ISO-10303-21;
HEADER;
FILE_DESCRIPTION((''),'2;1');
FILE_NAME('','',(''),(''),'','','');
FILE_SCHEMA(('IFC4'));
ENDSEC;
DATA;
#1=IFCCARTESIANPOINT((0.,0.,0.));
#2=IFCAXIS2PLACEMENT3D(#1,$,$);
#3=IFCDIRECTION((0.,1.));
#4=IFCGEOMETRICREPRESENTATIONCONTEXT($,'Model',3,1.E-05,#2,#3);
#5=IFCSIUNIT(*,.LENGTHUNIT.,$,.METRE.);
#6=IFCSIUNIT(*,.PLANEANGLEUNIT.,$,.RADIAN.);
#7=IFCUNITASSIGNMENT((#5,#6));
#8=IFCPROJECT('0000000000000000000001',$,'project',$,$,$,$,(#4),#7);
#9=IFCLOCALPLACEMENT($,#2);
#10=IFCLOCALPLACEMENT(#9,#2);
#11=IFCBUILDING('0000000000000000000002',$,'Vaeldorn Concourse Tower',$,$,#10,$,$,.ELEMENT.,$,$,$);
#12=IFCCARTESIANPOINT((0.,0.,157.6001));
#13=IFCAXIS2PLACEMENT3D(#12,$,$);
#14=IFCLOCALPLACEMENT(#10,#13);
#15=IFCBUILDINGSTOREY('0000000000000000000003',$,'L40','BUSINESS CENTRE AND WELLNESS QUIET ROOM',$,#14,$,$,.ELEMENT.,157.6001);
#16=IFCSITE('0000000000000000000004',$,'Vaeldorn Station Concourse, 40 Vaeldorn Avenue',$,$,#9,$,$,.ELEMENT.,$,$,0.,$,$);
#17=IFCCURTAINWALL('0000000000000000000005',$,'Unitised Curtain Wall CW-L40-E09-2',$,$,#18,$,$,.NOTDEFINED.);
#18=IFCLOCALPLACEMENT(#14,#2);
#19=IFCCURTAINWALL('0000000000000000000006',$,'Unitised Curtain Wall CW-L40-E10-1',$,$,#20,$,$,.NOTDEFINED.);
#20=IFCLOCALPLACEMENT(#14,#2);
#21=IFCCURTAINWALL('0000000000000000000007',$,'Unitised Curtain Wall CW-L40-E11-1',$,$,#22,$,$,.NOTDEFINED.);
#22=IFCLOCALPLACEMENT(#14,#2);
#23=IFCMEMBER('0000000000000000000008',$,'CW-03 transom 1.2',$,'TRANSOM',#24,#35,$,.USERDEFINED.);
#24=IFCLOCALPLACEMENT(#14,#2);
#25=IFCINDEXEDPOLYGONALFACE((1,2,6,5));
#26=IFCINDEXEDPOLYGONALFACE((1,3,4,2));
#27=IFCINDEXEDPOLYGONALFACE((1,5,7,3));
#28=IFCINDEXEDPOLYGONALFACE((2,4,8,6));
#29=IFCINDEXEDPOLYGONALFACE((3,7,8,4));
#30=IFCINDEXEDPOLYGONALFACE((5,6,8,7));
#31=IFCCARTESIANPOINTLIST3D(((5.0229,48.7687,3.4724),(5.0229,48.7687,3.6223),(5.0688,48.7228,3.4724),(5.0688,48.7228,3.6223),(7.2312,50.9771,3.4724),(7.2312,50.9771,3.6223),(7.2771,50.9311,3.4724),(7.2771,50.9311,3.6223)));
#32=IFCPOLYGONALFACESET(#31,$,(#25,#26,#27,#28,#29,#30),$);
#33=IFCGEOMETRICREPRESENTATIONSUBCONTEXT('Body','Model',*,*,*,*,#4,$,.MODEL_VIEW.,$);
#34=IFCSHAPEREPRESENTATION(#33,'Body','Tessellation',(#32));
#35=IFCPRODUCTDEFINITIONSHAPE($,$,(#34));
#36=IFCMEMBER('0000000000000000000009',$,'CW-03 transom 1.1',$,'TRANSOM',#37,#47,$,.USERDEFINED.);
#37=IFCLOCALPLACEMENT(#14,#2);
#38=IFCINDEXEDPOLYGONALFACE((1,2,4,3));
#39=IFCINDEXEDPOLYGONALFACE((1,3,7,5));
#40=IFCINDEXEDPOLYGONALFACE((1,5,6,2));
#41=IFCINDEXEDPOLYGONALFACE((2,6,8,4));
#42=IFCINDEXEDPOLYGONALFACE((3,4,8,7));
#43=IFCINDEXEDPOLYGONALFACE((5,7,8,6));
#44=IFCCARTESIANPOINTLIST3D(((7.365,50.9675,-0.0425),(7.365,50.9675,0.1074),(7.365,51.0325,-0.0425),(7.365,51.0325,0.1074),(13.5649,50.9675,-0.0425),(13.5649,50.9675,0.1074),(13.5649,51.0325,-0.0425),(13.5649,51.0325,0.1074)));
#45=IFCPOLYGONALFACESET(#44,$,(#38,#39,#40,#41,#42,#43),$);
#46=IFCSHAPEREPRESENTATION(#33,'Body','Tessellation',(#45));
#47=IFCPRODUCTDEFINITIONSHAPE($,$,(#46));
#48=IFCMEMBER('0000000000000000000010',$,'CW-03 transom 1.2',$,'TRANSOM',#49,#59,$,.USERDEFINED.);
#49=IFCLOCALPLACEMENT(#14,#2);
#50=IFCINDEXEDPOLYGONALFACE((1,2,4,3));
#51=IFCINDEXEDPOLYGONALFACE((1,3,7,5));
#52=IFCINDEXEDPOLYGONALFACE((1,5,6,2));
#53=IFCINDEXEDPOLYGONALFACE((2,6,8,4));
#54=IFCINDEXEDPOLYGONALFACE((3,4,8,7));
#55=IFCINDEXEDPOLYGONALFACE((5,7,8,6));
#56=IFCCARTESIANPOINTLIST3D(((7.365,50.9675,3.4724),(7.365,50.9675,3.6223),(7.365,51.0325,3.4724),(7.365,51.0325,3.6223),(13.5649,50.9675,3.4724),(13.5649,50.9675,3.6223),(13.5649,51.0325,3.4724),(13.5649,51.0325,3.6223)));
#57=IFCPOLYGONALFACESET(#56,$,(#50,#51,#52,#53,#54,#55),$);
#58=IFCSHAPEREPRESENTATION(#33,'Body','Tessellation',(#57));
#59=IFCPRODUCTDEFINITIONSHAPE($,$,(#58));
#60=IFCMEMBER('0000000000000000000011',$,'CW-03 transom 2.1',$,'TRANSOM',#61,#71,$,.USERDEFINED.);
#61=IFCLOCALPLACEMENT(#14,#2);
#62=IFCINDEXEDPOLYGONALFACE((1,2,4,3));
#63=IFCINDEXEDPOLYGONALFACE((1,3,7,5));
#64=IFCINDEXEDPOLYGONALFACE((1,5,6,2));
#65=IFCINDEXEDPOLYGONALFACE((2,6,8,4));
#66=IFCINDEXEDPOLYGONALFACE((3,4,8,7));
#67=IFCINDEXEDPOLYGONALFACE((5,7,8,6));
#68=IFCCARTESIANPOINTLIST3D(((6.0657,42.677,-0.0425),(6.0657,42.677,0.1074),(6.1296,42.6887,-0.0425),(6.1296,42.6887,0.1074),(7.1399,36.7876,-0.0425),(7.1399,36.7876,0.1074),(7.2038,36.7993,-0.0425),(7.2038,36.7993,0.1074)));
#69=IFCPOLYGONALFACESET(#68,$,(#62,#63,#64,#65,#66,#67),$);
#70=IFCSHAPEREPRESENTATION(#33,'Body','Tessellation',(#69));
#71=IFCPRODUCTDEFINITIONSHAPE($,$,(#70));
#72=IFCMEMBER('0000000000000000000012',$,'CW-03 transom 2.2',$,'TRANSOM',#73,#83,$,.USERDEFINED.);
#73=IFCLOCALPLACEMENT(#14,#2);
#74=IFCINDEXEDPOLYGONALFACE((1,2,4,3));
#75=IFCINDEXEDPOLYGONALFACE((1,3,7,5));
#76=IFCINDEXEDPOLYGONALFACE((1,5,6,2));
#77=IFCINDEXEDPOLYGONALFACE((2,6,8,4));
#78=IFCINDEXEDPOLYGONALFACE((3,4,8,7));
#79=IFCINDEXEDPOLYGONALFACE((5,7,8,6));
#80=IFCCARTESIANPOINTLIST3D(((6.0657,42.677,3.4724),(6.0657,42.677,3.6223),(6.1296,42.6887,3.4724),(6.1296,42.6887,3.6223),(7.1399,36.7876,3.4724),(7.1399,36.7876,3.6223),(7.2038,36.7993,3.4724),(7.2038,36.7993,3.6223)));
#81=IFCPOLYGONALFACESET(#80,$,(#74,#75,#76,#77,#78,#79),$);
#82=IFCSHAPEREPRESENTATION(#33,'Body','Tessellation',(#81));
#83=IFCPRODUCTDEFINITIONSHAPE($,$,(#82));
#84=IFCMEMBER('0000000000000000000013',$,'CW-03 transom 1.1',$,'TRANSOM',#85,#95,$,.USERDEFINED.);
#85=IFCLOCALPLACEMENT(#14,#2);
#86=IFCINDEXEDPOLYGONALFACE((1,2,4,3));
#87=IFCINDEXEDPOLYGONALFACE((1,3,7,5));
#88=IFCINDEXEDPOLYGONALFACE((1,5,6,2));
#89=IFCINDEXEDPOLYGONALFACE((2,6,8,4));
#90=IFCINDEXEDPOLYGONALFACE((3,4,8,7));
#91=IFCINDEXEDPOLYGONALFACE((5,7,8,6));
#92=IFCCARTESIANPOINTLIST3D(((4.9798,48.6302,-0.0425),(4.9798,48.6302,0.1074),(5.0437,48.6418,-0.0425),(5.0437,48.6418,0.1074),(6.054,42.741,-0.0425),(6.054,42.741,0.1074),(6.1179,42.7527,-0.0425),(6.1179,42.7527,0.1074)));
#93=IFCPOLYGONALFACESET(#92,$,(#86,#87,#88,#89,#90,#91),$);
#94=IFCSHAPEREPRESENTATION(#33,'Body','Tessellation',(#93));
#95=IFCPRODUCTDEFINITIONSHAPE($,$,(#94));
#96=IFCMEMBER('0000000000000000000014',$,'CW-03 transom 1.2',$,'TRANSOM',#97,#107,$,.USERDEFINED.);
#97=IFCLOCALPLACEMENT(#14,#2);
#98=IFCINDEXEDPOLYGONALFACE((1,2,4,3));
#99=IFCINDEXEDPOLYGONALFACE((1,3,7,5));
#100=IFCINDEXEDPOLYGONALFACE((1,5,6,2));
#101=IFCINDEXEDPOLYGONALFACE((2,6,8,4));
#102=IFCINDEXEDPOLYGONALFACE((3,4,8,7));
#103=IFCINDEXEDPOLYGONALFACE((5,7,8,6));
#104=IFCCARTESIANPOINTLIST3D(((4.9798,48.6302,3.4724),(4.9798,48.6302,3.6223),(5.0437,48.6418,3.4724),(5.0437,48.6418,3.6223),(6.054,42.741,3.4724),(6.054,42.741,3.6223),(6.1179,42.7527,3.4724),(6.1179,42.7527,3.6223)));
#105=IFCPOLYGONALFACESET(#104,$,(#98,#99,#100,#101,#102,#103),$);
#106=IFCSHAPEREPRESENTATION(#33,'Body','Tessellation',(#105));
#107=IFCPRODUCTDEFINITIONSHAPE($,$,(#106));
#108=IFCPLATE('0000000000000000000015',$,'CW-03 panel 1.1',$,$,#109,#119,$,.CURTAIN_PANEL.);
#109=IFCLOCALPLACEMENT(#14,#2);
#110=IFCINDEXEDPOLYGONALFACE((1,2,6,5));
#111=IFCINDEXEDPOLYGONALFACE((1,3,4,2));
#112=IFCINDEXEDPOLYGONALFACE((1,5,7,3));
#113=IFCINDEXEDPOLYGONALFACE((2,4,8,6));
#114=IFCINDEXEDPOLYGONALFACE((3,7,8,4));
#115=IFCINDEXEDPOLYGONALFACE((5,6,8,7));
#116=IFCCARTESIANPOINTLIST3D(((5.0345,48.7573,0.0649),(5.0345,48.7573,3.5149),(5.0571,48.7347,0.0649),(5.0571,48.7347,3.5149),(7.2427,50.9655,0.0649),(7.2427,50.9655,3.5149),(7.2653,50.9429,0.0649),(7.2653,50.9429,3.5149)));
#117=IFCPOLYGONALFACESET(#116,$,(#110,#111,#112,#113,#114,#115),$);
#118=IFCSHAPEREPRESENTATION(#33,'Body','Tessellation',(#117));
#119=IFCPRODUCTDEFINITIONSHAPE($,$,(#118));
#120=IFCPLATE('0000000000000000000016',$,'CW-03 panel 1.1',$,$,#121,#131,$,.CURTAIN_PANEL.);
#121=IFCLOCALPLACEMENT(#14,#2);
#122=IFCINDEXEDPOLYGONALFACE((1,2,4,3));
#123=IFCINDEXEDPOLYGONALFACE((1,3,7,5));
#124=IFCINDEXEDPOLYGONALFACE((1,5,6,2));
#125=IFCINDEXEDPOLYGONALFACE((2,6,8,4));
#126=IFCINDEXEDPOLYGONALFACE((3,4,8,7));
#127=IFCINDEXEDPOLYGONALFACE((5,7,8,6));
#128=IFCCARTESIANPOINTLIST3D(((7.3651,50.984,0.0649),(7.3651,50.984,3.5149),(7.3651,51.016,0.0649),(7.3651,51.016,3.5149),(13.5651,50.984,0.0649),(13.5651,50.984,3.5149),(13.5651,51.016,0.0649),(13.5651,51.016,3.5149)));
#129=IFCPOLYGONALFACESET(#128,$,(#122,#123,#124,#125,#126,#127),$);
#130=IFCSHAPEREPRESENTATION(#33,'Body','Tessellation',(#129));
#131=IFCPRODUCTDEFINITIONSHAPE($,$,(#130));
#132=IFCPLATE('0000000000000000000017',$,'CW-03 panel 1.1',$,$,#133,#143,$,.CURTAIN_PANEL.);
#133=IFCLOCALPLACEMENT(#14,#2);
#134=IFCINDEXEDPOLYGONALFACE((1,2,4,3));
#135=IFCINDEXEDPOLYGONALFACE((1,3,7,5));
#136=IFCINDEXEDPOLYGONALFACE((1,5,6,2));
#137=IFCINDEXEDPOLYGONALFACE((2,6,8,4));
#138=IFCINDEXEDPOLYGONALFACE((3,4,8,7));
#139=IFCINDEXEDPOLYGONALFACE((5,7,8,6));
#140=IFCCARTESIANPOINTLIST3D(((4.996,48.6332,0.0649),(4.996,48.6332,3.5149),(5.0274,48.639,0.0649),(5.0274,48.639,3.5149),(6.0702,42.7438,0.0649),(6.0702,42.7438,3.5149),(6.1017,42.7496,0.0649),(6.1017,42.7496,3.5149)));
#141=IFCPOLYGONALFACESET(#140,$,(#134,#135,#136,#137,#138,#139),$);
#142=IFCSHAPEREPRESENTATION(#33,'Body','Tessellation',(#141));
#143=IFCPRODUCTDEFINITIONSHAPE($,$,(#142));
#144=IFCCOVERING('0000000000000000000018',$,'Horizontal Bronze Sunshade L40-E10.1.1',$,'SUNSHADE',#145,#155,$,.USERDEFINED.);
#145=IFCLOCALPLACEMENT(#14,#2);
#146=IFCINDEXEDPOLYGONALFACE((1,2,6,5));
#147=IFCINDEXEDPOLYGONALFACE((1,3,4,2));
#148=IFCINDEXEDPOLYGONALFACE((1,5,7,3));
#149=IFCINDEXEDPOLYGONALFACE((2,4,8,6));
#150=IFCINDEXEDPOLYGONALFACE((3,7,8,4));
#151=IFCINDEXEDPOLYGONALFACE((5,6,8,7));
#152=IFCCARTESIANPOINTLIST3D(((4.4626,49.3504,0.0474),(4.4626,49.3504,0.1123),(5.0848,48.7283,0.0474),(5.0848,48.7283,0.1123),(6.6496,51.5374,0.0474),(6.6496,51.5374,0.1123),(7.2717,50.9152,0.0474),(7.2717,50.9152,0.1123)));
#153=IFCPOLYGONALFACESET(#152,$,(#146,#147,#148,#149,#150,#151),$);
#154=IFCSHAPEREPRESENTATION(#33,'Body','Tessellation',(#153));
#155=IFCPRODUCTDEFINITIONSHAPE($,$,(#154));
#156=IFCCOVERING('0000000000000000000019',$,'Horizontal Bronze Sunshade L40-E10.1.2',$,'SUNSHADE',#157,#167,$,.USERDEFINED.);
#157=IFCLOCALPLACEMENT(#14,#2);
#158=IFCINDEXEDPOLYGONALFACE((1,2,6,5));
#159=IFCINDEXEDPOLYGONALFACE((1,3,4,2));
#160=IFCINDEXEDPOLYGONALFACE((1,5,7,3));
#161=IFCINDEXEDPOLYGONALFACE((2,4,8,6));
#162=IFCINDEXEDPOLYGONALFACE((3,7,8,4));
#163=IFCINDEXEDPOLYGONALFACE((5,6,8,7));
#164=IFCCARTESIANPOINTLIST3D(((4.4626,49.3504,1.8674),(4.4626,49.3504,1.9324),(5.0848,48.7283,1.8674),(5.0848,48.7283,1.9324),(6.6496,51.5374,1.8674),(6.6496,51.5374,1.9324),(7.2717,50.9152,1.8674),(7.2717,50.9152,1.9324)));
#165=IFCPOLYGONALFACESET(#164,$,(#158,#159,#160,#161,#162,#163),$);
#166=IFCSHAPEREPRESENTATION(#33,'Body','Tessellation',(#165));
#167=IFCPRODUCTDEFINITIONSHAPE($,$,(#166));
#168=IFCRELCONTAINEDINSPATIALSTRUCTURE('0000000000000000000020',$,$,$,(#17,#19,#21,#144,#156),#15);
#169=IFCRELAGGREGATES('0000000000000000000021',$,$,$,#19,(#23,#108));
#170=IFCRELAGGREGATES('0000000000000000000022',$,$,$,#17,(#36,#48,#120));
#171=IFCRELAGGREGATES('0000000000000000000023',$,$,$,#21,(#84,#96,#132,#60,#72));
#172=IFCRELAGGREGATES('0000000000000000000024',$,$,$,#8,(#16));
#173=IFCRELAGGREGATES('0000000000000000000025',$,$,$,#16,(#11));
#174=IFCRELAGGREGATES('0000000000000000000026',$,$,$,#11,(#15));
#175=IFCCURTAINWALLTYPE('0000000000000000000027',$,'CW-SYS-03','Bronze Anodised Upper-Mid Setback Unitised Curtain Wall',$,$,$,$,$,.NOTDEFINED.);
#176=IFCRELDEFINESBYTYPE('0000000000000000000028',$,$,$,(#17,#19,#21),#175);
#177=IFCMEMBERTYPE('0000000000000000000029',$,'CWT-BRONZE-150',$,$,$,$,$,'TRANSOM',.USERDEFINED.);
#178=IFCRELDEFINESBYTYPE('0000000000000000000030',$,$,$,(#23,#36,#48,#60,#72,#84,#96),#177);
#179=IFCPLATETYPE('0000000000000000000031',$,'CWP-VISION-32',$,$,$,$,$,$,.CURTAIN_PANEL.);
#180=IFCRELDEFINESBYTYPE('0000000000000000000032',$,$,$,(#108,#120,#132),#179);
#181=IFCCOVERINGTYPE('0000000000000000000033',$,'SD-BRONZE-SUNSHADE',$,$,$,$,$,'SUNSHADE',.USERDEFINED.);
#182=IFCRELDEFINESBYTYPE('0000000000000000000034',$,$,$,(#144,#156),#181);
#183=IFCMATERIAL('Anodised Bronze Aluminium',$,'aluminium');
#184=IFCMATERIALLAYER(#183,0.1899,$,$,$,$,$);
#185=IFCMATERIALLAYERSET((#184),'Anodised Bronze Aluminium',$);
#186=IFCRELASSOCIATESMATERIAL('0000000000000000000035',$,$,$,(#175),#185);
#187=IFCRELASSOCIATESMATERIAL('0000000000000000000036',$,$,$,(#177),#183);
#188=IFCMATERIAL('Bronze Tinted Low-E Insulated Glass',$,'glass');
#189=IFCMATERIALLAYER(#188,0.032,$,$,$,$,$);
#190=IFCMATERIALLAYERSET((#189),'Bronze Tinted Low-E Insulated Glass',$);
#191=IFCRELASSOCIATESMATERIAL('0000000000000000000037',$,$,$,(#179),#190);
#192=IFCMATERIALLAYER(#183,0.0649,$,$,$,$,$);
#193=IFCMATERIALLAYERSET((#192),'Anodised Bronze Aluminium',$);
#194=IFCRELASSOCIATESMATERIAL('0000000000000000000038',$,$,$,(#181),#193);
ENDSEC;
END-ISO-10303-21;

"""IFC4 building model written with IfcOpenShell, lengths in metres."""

from ifc_helpers import new_model, si_unit, direction, frame, origin, origin_2d, place, context, subcontext, project, spatial, rectangle, extrude, source, transform, mapped, material, layer, layer_set, material_profile, profile_set, type_object, element, aggregate, save


model = new_model("IFC4")

# Units and contexts
model_context = context("Model", 3, precision=1e-05, world=origin(), true_north=direction((0.0, 1.0)))
body_context = subcontext(model_context, "Body", "Model", "MODEL_VIEW")
ifc_project = project(units=[si_unit("LENGTHUNIT", "METRE"), si_unit("PLANEANGLEUNIT", "RADIAN")], contexts=[model_context])

# Site, building, storey
site_placement = place(None, origin())
site = spatial("IfcSite", under=ifc_project, at=site_placement, Name="Vaeldorn Station Concourse, 40 Vaeldorn Avenue", CompositionType="ELEMENT", RefElevation=0.0)
building_placement = place(site_placement, origin())
building = spatial("IfcBuilding", under=site, at=building_placement, Name="Vaeldorn Concourse Tower", CompositionType="ELEMENT")
storey_placement = place(building_placement, frame((0.0, 0.0, 157.6001)))
storey = spatial("IfcBuildingStorey", under=building, at=storey_placement, Name="L40", Description="BUSINESS CENTRE AND WELLNESS QUIET ROOM", CompositionType="ELEMENT", Elevation=157.6001)

# Curtain walls
ifc_material_1 = material(Name="Anodised Bronze Aluminium", Category="aluminium")
ifc_layer_1 = layer(ifc_material_1, 0.1899)
ifc_layer_set_1 = layer_set([ifc_layer_1], Name="Anodised Bronze Aluminium")
curtain_wall_type = type_object("IfcCurtainWallType", Name="CW-SYS-03", Description="Bronze Anodised Upper-Mid Setback Unitised Curtain Wall", PredefinedType="NOTDEFINED", material=ifc_layer_set_1)
curtain_wall_1_placement = place(storey_placement, origin())
curtain_wall_1 = element("IfcCurtainWall", 1, at=curtain_wall_1_placement, inside=storey, type_object=curtain_wall_type, Name="Unitised Curtain Wall CW-L40-E09-2", PredefinedType="NOTDEFINED")
curtain_wall_2_placement = place(storey_placement, origin())
curtain_wall_2 = element("IfcCurtainWall", 2, at=curtain_wall_2_placement, inside=storey, type_object=curtain_wall_type, Name="Unitised Curtain Wall CW-L40-E10-1", PredefinedType="NOTDEFINED")
curtain_wall_3_placement = place(storey_placement, origin())
curtain_wall_3 = element("IfcCurtainWall", 3, at=curtain_wall_3_placement, inside=storey, type_object=curtain_wall_type, Name="Unitised Curtain Wall CW-L40-E11-1", PredefinedType="NOTDEFINED")

# Members
ifc_material_profile_1 = material_profile(ifc_material_1, rectangle(XDim=0.0649, YDim=0.1499, at=origin_2d()), Name="CWT 65x150")
ifc_profile_set_1 = profile_set([ifc_material_profile_1], Name="Anodised Bronze Aluminium")
member_type_1 = type_object("IfcMemberType", Name="CWT-BRONZE-150", ElementType="TRANSOM", PredefinedType="USERDEFINED", material=ifc_profile_set_1)
shared_shape_1 = source(origin(), body_context, "Body", "SweptSolid", [
    extrude(rectangle(XDim=0.0649, YDim=0.1499, at=origin_2d()), origin(), (0.0, 0.0, 1.0), 3.123),
])
member_1_placement = place(storey_placement, frame((7.2542, 50.9541, 3.5474), z_axis=(-0.707107, -0.707107, 0.0), x_axis=(0.707107, -0.707107, 0.0)))
member_1 = element("IfcMember", 4, at=member_1_placement, type_object=member_type_1, Name="CW-03 transom 1.2", ObjectType="TRANSOM", PredefinedType="USERDEFINED", context=body_context, shape_type="MappedRepresentation", body=[
    mapped(shared_shape_1, transform((0.0, 0.0, 0.0), scale=1.0)),
])
shared_shape_2 = source(origin(), body_context, "Body", "SweptSolid", [
    extrude(rectangle(XDim=0.0649, YDim=0.1499, at=origin_2d()), origin(), (0.0, 0.0, 1.0), 6.2),
])
member_2_placement = place(storey_placement, frame((13.5649, 51.0, 0.0325), z_axis=(-1.0, 0.0, 0.0), x_axis=(0.0, -1.0, 0.0)))
member_2 = element("IfcMember", 5, at=member_2_placement, type_object=member_type_1, Name="CW-03 transom 1.1", ObjectType="TRANSOM", PredefinedType="USERDEFINED", context=body_context, shape_type="MappedRepresentation", body=[
    mapped(shared_shape_2, transform((0.0, 0.0, 0.0), scale=1.0)),
])
member_3_placement = place(storey_placement, frame((13.5649, 51.0, 3.5474), z_axis=(-1.0, 0.0, 0.0), x_axis=(0.0, -1.0, 0.0)))
member_3 = element("IfcMember", 6, at=member_3_placement, type_object=member_type_1, Name="CW-03 transom 1.2", ObjectType="TRANSOM", PredefinedType="USERDEFINED", context=body_context, shape_type="MappedRepresentation", body=[
    mapped(shared_shape_2, transform((0.0, 0.0, 0.0), scale=1.0)),
])
shared_shape_3 = source(origin(), body_context, "Body", "SweptSolid", [
    extrude(rectangle(XDim=0.0649, YDim=0.1499, at=origin_2d()), origin(), (0.0, 0.0, 1.0), 5.9866),
])
member_4_placement = place(storey_placement, frame((6.0977, 42.6829, 0.0325), z_axis=(0.179438, -0.983769, 0.0), x_axis=(0.983769, 0.179438, 0.0)))
member_4 = element("IfcMember", 7, at=member_4_placement, type_object=member_type_1, Name="CW-03 transom 2.1", ObjectType="TRANSOM", PredefinedType="USERDEFINED", context=body_context, shape_type="MappedRepresentation", body=[
    mapped(shared_shape_3, transform((0.0, 0.0, 0.0), scale=1.0)),
])
member_5_placement = place(storey_placement, frame((6.0977, 42.6829, 3.5474), z_axis=(0.179438, -0.983769, 0.0), x_axis=(0.983769, 0.179438, 0.0)))
member_5 = element("IfcMember", 8, at=member_5_placement, type_object=member_type_1, Name="CW-03 transom 2.2", ObjectType="TRANSOM", PredefinedType="USERDEFINED", context=body_context, shape_type="MappedRepresentation", body=[
    mapped(shared_shape_3, transform((0.0, 0.0, 0.0), scale=1.0)),
])
shared_shape_4 = source(origin(), body_context, "Body", "SweptSolid", [
    extrude(rectangle(XDim=0.0649, YDim=0.1499, at=origin_2d()), origin(), (0.0, 0.0, 1.0), 5.9863),
])
member_6_placement = place(storey_placement, frame((5.0117, 48.636, 0.0325), z_axis=(0.179445, -0.983768, 0.0), x_axis=(0.983768, 0.179445, 0.0)))
member_6 = element("IfcMember", 9, at=member_6_placement, type_object=member_type_1, Name="CW-03 transom 1.1", ObjectType="TRANSOM", PredefinedType="USERDEFINED", context=body_context, shape_type="MappedRepresentation", body=[
    mapped(shared_shape_4, transform((0.0, 0.0, 0.0), scale=1.0)),
])
member_7_placement = place(storey_placement, frame((5.0117, 48.636, 3.5474), z_axis=(0.179445, -0.983768, 0.0), x_axis=(0.983768, 0.179445, 0.0)))
member_7 = element("IfcMember", 10, at=member_7_placement, type_object=member_type_1, Name="CW-03 transom 1.2", ObjectType="TRANSOM", PredefinedType="USERDEFINED", context=body_context, shape_type="MappedRepresentation", body=[
    mapped(shared_shape_4, transform((0.0, 0.0, 0.0), scale=1.0)),
])

# Plates
ifc_material_2 = material(Name="Bronze Tinted Low-E Insulated Glass", Category="glass")
ifc_layer_2 = layer(ifc_material_2, 0.032)
ifc_layer_set_2 = layer_set([ifc_layer_2], Name="Bronze Tinted Low-E Insulated Glass")
plate_type = type_object("IfcPlateType", Name="CWP-VISION-32", PredefinedType="CURTAIN_PANEL", material=ifc_layer_set_2)
shared_shape_5 = source(origin(), body_context, "Body", "SweptSolid", [
    extrude(rectangle(XDim=3.1228, YDim=0.032, at=origin_2d()), origin(), (0.0, 0.0, 1.0), 3.45),
])
plate_1_placement = place(storey_placement, frame((6.1499, 49.8501, 0.0649), z_axis=(0.0, 0.0, 1.0), x_axis=(-0.707107, -0.707107, 0.0)))
plate_1 = element("IfcPlate", 11, at=plate_1_placement, type_object=plate_type, Name="CW-03 panel 1.1", PredefinedType="CURTAIN_PANEL", context=body_context, shape_type="MappedRepresentation", body=[
    mapped(shared_shape_5, transform((0.0, 0.0, 0.0), scale=1.0)),
])
aggregate(curtain_wall_2, [member_1, plate_1])
shared_shape_6 = source(origin(), body_context, "Body", "SweptSolid", [
    extrude(rectangle(XDim=6.2, YDim=0.032, at=origin_2d()), origin(), (0.0, 0.0, 1.0), 3.45),
])
plate_2_placement = place(storey_placement, frame((10.4651, 51.0, 0.0649), z_axis=(0.0, 0.0, 1.0), x_axis=(-1.0, 0.0, 0.0)))
plate_2 = element("IfcPlate", 12, at=plate_2_placement, type_object=plate_type, Name="CW-03 panel 1.1", PredefinedType="CURTAIN_PANEL", context=body_context, shape_type="MappedRepresentation", body=[
    mapped(shared_shape_6, transform((0.0, 0.0, 0.0), scale=1.0)),
])
aggregate(curtain_wall_1, [member_2, member_3, plate_2])
shared_shape_7 = source(origin(), body_context, "Body", "SweptSolid", [
    extrude(rectangle(XDim=5.9866, YDim=0.032, at=origin_2d()), origin(), (0.0, 0.0, 1.0), 3.45),
])
plate_3_placement = place(storey_placement, frame((5.5488, 45.6914, 0.0649), z_axis=(0.0, 0.0, 1.0), x_axis=(0.179447, -0.983768, 0.0)))
plate_3 = element("IfcPlate", 13, at=plate_3_placement, type_object=plate_type, Name="CW-03 panel 1.1", PredefinedType="CURTAIN_PANEL", context=body_context, shape_type="MappedRepresentation", body=[
    mapped(shared_shape_7, transform((0.0, 0.0, 0.0), scale=1.0)),
])
aggregate(curtain_wall_3, [member_6, member_7, plate_3, member_4, member_5])

# Coverings
ifc_layer_3 = layer(ifc_material_1, 0.0649)
ifc_layer_set_3 = layer_set([ifc_layer_3], Name="Anodised Bronze Aluminium")
covering_type = type_object("IfcCoveringType", Name="SD-BRONZE-SUNSHADE", ElementType="SUNSHADE", PredefinedType="USERDEFINED", material=ifc_layer_set_3)
shared_shape_8 = source(origin(), body_context, "Body", "SweptSolid", [
    extrude(rectangle(XDim=3.0928, YDim=0.8799, at=origin_2d()), origin(), (0.0, 0.0, 1.0), 0.0649),
])
for number, where, z_axis, x_axis, name in (
    (14, (5.8672, 50.1328, 0.0474), (0.0, 0.0, 1.0), (-0.707107, -0.707107, 0.0), "Horizontal Bronze Sunshade L40-E10.1.1"),
    (15, (5.8672, 50.1328, 1.8674), (0.0, 0.0, 1.0), (-0.707107, -0.707107, 0.0), "Horizontal Bronze Sunshade L40-E10.1.2"),
):
    element("IfcCovering", number, at=place(storey_placement, frame(where, z_axis=z_axis, x_axis=x_axis)), inside=storey, type_object=covering_type, Name=name, ObjectType="SUNSHADE", PredefinedType="USERDEFINED", context=body_context, shape_type="MappedRepresentation", body=[
        mapped(shared_shape_8, transform((0.0, 0.0, 0.0), scale=1.0)),
    ])

save(model, "model.ifc")
